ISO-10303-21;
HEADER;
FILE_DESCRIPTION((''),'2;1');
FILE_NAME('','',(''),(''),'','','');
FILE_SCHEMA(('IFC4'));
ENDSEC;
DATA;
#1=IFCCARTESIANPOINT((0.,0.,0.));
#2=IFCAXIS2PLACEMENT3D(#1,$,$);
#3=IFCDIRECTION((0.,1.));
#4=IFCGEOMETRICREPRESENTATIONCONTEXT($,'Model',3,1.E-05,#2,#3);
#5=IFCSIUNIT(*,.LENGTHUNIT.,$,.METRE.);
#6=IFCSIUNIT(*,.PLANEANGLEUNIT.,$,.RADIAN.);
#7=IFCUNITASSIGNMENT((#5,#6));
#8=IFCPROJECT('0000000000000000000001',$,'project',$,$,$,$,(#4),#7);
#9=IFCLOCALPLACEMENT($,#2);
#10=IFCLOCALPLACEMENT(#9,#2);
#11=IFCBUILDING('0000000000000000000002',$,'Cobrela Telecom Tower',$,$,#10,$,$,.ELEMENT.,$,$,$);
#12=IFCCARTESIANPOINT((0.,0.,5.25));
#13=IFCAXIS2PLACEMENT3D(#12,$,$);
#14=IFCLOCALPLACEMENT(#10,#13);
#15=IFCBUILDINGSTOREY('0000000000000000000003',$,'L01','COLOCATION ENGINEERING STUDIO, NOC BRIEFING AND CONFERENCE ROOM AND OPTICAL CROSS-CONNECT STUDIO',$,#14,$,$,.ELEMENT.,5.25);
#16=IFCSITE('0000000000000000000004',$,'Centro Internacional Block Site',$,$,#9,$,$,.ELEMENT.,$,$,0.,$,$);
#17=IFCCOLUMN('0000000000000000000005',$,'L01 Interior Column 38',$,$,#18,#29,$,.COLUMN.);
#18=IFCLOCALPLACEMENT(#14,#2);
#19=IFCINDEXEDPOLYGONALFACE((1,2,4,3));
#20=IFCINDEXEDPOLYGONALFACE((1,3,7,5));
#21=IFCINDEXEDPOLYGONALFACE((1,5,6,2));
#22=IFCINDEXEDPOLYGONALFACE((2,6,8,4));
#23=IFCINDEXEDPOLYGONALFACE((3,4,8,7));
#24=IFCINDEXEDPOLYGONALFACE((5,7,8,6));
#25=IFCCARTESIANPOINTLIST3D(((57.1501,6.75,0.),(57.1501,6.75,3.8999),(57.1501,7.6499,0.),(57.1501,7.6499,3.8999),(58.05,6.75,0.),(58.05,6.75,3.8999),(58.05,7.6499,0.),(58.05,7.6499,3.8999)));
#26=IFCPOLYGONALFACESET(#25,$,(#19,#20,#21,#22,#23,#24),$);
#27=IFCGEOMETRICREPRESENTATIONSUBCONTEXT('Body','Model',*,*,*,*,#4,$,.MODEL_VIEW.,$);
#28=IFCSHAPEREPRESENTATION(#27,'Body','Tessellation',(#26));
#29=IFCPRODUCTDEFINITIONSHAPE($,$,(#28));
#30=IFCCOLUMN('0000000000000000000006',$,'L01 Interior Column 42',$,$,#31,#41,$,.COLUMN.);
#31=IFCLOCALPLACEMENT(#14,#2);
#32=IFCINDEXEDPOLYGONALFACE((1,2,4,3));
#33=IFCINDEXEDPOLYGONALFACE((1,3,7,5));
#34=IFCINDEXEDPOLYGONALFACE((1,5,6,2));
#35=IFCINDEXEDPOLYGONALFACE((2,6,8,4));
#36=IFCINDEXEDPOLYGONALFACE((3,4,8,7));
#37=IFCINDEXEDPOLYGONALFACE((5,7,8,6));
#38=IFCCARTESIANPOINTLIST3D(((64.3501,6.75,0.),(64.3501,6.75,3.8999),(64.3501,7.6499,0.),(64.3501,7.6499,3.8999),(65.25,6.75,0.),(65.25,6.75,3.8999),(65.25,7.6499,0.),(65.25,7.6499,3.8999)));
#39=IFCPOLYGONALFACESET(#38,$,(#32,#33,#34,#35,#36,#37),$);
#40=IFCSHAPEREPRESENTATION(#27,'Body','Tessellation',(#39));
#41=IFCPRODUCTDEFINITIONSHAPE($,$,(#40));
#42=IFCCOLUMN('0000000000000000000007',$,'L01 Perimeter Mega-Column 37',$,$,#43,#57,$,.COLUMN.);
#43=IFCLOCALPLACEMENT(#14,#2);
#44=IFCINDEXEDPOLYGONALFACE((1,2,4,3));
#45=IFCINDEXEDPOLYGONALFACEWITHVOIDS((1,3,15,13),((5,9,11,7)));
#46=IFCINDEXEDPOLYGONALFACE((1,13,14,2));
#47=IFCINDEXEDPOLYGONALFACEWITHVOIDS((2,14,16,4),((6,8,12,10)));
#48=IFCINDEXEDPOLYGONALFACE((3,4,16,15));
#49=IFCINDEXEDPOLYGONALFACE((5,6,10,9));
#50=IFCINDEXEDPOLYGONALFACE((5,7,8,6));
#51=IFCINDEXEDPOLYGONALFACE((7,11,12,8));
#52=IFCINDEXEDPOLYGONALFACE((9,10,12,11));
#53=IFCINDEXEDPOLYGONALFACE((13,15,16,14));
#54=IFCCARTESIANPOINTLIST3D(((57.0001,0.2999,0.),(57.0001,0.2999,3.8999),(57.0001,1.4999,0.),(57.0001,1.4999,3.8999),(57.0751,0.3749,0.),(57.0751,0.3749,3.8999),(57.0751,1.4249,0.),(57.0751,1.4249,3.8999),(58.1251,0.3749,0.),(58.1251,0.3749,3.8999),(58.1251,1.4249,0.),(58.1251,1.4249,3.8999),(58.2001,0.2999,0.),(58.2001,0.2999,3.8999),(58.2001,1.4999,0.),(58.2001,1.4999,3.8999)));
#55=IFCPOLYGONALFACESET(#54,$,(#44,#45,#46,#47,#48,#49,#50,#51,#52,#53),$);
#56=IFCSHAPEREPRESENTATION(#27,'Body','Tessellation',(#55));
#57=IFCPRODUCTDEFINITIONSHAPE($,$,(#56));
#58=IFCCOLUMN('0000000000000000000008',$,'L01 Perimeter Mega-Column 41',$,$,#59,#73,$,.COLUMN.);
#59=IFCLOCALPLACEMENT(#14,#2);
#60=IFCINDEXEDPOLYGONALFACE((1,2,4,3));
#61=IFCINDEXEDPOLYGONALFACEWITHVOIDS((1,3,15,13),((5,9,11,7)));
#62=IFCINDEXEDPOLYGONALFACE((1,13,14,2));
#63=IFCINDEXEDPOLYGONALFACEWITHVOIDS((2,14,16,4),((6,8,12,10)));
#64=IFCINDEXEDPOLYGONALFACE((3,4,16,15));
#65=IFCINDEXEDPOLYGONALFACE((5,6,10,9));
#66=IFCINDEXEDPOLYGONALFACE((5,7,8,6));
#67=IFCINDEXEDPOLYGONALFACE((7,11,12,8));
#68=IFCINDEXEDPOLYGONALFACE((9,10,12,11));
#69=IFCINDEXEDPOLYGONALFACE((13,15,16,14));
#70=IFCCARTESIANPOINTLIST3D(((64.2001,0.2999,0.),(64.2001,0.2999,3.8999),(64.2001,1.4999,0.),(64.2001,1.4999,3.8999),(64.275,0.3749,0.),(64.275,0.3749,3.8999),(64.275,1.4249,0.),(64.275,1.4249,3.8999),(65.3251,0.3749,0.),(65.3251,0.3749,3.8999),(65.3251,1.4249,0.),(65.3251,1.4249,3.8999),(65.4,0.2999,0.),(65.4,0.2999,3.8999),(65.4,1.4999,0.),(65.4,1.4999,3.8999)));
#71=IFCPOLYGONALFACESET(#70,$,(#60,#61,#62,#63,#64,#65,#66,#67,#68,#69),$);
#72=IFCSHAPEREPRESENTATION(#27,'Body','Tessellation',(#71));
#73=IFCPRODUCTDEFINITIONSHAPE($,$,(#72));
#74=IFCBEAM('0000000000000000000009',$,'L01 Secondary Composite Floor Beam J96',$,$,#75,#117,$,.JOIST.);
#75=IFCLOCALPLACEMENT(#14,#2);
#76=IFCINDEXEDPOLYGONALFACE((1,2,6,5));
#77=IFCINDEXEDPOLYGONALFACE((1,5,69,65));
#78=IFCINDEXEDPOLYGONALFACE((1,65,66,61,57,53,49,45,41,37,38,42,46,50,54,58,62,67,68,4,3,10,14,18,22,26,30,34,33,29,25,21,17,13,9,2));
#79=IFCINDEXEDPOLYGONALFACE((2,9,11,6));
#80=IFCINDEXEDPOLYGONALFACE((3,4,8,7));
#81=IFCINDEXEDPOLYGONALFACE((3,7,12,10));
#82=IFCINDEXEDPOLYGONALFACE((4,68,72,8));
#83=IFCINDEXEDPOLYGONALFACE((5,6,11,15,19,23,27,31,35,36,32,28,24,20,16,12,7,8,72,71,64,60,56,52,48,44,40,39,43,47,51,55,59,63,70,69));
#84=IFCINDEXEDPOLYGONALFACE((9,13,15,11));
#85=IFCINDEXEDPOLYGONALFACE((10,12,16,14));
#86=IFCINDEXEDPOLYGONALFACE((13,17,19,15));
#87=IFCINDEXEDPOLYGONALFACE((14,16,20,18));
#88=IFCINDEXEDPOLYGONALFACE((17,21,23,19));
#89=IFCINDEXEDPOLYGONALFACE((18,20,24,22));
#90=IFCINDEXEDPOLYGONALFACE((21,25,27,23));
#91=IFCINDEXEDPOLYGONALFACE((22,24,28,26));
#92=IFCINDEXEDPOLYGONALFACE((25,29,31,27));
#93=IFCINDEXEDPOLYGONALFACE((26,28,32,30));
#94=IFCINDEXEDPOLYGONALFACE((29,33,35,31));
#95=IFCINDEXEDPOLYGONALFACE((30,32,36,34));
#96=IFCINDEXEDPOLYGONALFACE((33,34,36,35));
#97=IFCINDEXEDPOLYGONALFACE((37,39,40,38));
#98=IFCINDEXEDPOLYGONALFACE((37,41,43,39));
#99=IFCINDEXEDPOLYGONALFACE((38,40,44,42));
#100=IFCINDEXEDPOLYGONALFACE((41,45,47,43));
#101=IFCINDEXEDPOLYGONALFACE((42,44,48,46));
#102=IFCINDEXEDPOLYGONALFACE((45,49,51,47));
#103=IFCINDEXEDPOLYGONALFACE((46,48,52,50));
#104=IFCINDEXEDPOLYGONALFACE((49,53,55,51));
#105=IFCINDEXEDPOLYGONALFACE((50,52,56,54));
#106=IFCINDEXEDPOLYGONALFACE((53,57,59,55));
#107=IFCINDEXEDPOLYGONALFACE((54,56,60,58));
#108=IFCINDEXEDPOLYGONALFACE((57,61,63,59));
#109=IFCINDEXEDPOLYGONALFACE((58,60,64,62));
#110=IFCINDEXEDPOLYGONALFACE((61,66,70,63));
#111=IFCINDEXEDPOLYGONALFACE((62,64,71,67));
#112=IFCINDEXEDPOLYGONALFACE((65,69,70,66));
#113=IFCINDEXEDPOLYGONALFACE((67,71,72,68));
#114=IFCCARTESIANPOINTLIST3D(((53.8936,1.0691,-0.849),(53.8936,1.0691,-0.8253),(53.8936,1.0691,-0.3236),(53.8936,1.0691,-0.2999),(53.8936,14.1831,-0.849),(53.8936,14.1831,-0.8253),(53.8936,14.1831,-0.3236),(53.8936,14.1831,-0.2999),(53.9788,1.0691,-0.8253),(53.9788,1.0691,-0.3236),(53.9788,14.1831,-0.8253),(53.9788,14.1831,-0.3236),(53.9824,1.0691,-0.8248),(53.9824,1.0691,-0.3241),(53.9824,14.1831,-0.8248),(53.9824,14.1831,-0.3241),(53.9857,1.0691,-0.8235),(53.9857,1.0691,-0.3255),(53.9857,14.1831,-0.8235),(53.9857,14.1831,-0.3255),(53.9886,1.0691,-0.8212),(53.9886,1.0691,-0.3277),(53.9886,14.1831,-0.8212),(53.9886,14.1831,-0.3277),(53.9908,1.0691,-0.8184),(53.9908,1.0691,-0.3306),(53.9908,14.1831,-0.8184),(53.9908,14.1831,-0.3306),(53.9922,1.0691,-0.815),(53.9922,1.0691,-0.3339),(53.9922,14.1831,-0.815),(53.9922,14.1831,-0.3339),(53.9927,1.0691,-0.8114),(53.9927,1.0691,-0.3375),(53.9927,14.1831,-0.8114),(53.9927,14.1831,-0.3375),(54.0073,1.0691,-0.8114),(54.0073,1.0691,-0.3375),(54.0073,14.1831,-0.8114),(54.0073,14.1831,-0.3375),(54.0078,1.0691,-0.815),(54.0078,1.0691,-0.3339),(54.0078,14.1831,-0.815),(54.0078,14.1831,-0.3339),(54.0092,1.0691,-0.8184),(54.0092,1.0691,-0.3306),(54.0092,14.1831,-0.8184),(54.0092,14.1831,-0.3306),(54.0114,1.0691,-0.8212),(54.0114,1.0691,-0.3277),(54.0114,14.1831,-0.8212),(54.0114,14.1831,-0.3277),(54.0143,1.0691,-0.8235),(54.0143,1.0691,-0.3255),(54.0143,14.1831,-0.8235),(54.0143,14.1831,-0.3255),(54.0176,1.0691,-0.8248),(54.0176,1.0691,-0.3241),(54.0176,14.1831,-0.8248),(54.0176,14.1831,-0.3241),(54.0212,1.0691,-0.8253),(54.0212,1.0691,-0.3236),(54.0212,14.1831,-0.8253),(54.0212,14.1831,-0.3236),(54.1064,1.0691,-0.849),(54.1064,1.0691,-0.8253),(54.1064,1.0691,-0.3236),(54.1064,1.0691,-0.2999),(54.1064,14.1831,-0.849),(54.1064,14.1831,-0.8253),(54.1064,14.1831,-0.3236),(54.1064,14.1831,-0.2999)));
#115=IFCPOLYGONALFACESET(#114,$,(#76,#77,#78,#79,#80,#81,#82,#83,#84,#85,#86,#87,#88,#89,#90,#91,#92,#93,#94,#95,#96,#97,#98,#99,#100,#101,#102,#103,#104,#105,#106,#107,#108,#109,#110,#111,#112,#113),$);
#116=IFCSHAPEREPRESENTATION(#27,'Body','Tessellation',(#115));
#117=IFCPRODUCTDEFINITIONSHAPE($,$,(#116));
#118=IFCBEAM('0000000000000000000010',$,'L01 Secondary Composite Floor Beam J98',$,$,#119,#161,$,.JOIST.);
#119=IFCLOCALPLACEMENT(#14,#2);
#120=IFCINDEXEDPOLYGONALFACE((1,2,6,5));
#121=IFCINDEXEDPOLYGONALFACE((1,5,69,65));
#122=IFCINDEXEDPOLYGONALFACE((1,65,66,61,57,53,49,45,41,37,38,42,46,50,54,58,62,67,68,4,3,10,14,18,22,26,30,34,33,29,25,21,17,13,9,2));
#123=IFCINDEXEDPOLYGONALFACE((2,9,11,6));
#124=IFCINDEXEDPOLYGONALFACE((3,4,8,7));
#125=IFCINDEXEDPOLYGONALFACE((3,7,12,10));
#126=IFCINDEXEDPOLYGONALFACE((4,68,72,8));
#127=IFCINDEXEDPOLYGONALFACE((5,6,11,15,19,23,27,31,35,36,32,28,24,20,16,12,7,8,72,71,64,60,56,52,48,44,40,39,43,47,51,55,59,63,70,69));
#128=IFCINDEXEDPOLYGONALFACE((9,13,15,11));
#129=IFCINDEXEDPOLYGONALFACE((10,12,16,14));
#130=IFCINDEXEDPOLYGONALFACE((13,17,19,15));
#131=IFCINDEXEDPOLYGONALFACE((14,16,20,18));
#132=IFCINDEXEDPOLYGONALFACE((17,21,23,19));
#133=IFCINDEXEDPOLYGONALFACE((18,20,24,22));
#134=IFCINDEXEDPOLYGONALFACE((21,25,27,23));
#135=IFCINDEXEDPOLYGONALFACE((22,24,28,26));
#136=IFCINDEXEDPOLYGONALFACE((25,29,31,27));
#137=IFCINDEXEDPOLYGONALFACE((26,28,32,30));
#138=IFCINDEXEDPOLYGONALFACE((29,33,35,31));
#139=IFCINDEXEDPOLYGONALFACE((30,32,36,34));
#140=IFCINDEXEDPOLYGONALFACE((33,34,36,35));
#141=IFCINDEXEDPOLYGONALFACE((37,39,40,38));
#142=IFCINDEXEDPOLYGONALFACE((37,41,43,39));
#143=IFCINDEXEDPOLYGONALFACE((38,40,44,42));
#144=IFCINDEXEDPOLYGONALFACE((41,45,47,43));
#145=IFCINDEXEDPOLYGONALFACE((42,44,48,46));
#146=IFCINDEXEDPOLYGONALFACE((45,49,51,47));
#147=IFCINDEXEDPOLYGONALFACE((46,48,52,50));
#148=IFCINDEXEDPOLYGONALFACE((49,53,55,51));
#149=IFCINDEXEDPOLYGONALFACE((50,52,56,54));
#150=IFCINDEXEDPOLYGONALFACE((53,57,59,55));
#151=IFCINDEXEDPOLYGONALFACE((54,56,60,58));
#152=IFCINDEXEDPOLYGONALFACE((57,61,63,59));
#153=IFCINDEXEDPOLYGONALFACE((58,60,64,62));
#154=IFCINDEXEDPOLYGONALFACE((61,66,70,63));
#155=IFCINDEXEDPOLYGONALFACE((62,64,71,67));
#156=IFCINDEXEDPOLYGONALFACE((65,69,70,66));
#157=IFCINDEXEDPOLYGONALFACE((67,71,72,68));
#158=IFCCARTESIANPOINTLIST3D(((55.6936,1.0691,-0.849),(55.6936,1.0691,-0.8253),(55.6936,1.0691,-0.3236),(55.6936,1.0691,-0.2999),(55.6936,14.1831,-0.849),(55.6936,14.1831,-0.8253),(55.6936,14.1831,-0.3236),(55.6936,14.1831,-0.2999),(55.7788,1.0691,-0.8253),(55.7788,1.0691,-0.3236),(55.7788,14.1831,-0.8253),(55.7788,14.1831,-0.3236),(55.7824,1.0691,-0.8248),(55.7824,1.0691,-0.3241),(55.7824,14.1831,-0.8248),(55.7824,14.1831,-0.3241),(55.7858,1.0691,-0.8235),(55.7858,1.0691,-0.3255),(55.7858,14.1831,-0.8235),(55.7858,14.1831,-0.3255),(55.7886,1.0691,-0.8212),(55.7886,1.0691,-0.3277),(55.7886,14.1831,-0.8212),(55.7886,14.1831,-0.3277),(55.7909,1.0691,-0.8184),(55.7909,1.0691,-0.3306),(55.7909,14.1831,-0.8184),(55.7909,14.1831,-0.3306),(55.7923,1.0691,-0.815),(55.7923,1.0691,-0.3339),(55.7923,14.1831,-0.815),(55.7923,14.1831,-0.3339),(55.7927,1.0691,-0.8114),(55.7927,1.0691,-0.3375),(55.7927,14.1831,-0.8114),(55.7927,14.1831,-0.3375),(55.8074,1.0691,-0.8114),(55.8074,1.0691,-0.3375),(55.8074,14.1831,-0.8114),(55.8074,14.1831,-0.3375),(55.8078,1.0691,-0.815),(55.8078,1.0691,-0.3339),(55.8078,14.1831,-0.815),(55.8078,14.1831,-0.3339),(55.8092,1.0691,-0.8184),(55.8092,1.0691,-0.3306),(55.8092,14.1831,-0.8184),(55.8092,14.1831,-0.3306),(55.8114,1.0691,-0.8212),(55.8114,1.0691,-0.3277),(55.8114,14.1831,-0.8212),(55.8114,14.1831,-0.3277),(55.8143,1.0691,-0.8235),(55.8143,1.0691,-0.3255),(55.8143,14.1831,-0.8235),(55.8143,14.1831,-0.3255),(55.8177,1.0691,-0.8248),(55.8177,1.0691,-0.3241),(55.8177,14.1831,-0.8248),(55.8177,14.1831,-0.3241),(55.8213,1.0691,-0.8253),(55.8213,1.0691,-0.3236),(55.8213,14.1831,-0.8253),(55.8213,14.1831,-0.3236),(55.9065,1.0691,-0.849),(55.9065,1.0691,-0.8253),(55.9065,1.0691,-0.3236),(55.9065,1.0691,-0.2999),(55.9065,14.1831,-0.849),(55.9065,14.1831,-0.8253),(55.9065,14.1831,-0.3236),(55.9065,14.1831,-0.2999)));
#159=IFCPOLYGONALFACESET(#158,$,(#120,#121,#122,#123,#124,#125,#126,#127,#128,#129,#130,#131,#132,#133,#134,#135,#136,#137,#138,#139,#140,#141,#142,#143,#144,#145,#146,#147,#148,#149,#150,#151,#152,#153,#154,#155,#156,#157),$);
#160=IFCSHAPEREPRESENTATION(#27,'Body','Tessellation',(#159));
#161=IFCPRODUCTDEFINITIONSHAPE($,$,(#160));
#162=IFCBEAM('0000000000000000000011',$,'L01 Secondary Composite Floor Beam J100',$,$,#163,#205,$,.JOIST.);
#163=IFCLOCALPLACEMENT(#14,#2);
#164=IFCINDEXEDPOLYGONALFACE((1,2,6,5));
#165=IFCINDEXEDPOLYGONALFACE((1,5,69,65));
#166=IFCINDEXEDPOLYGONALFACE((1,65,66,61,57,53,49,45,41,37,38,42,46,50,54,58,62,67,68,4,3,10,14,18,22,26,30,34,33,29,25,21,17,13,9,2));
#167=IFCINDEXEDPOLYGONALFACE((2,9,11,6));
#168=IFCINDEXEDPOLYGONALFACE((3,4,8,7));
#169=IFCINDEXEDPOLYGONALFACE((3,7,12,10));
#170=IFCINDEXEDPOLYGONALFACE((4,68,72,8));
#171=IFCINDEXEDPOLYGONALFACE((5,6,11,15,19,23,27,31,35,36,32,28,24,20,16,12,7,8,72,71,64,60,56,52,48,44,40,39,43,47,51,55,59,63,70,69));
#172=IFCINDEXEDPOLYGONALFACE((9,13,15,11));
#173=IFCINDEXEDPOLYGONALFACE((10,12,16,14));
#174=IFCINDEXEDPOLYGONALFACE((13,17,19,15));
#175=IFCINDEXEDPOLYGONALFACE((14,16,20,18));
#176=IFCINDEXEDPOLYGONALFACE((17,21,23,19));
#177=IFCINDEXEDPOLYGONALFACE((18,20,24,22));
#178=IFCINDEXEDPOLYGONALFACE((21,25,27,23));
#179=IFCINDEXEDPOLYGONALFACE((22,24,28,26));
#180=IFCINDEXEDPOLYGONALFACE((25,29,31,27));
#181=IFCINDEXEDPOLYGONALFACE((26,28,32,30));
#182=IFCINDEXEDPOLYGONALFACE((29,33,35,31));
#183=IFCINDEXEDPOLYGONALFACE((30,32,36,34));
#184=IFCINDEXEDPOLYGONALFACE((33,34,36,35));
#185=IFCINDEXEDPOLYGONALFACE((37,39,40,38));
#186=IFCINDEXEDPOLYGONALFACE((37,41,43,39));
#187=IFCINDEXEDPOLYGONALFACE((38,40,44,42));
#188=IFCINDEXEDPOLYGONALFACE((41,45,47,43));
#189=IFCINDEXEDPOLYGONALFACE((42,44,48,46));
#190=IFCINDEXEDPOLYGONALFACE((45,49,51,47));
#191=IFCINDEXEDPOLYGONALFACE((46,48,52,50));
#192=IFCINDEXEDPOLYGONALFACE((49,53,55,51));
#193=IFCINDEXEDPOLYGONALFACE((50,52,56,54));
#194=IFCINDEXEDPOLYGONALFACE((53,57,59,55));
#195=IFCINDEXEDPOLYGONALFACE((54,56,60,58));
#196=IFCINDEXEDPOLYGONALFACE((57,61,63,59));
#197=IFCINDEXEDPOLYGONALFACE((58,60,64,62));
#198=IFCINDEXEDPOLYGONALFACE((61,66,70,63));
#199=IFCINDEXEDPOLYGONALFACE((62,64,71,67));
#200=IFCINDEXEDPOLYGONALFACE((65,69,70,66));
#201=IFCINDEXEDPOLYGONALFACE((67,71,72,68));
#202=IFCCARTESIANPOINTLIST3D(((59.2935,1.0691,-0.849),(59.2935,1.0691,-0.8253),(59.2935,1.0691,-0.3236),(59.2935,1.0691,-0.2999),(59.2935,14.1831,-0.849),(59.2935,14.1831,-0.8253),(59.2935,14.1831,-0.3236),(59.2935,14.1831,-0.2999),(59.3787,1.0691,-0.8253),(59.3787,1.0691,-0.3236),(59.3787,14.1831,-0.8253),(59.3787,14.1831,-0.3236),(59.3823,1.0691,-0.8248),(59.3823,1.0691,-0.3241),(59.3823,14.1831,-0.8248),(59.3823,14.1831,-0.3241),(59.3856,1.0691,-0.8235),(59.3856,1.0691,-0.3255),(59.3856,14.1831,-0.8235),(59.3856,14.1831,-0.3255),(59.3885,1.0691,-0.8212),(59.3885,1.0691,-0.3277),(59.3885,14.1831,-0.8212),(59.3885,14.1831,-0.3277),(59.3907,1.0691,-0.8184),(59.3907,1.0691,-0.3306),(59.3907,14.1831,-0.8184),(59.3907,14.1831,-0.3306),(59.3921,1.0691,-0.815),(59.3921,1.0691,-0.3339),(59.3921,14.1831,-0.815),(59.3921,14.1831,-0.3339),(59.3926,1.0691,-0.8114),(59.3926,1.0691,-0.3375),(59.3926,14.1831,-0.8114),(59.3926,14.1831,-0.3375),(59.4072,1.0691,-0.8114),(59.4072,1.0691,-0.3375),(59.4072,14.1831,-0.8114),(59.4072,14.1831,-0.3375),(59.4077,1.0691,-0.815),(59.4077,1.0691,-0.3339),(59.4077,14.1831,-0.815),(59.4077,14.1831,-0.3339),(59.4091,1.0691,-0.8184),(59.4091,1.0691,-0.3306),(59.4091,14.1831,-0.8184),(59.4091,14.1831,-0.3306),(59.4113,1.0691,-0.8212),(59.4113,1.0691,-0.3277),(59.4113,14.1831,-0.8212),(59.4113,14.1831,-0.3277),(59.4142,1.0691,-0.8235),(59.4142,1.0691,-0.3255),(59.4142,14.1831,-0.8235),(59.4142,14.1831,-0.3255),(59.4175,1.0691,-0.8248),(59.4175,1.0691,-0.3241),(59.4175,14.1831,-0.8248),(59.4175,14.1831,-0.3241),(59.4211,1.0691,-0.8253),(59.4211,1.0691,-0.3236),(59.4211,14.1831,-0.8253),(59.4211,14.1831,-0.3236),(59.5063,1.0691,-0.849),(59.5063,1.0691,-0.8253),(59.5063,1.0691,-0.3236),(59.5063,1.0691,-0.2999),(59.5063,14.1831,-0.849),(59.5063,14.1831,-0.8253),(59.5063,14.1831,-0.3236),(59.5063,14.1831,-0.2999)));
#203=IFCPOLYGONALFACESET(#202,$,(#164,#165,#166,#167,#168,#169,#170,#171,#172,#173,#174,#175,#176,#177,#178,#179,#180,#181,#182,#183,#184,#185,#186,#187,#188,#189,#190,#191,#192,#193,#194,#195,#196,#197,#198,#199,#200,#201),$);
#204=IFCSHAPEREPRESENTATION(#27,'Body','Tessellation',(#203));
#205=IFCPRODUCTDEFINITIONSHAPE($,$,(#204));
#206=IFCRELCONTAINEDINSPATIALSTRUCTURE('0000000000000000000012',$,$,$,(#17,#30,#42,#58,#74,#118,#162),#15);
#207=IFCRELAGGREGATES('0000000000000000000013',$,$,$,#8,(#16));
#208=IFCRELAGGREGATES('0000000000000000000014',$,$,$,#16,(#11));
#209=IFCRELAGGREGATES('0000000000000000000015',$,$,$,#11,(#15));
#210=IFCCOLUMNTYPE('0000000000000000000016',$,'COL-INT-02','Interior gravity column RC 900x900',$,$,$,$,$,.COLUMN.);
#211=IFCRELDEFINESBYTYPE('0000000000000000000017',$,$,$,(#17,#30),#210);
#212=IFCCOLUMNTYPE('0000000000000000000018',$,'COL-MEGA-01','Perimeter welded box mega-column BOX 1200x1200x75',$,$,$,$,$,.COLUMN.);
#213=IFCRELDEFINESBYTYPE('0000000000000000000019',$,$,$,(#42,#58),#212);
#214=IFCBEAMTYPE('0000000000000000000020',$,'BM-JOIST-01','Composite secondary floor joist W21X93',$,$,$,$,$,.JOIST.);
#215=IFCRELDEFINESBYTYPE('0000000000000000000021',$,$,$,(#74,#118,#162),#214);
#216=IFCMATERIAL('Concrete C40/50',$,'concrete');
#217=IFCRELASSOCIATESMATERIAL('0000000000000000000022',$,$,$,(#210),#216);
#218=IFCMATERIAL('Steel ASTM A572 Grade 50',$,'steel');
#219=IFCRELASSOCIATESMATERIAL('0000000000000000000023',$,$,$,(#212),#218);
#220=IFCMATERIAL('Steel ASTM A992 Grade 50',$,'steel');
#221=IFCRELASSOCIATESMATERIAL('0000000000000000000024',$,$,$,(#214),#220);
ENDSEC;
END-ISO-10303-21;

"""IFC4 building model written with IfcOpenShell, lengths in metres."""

from ifc_helpers import new_model, si_unit, direction, frame, origin, origin_2d, place, context, subcontext, project, spatial, rectangle, hollow_rectangle, i_section, extrude, material, material_profile, profile_set, type_object, element, save


model = new_model("IFC4")

# Units and contexts
model_context = context("Model", 3, precision=1e-05, world=origin(), true_north=direction((0.0, 1.0)))
body_context = subcontext(model_context, "Body", "Model", "MODEL_VIEW")
ifc_project = project(units=[si_unit("LENGTHUNIT", "METRE"), si_unit("PLANEANGLEUNIT", "RADIAN")], contexts=[model_context])

# Site, building, storey
site_placement = place(None, origin())
site = spatial("IfcSite", under=ifc_project, at=site_placement, Name="Centro Internacional Block Site", CompositionType="ELEMENT", RefElevation=0.0)
building_placement = place(site_placement, origin())
building = spatial("IfcBuilding", under=site, at=building_placement, Name="Cobrela Telecom Tower", CompositionType="ELEMENT")
storey_placement = place(building_placement, frame((0.0, 0.0, 5.25)))
storey = spatial("IfcBuildingStorey", under=building, at=storey_placement, Name="L01", Description="COLOCATION ENGINEERING STUDIO, NOC BRIEFING AND CONFERENCE ROOM AND OPTICAL CROSS-CONNECT STUDIO", CompositionType="ELEMENT", Elevation=5.25)

# Columns
ifc_material_1 = material(Name="Concrete C40/50", Category="concrete")
ifc_material_profile_1 = material_profile(ifc_material_1, rectangle(XDim=0.8999, YDim=0.8999, at=origin_2d()), Name="RC 900x900")
ifc_profile_set_1 = profile_set([ifc_material_profile_1], Name="Concrete C40/50")
column_type_1 = type_object("IfcColumnType", Name="COL-INT-02", Description="Interior gravity column RC 900x900", PredefinedType="COLUMN", material=ifc_profile_set_1)
for number, where, z_axis, x_axis, name in (
    (1, (57.6001, 7.2, 0.0), (0.0, 0.0, 1.0), (1.0, 0.0, 0.0), "L01 Interior Column 38"),
    (2, (64.8, 7.2, 0.0), (0.0, 0.0, 1.0), (1.0, 0.0, 0.0), "L01 Interior Column 42"),
):
    element("IfcColumn", number, at=place(storey_placement, frame(where, z_axis=z_axis, x_axis=x_axis)), inside=storey, type_object=column_type_1, Name=name, PredefinedType="COLUMN", context=body_context, shape_type="SweptSolid", body=[
        extrude(rectangle(XDim=0.8999, YDim=0.8999, at=origin_2d()), origin(), (0.0, 0.0, 1.0), 3.8999),
    ])
ifc_material_2 = material(Name="Steel ASTM A572 Grade 50", Category="steel")
ifc_material_profile_2 = material_profile(ifc_material_2, hollow_rectangle(XDim=1.2, YDim=1.2, WallThickness=0.075, at=origin_2d()), Name="BOX 1200x1200x75")
ifc_profile_set_2 = profile_set([ifc_material_profile_2], Name="Steel ASTM A572 Grade 50")
column_type_2 = type_object("IfcColumnType", Name="COL-MEGA-01", Description="Perimeter welded box mega-column BOX 1200x1200x75", PredefinedType="COLUMN", material=ifc_profile_set_2)
for number, where, z_axis, x_axis, name in (
    (3, (57.6001, 0.8999, 0.0), (0.0, 0.0, 1.0), (1.0, 0.0, 0.0), "L01 Perimeter Mega-Column 37"),
    (4, (64.8, 0.8999, 0.0), (0.0, 0.0, 1.0), (1.0, 0.0, 0.0), "L01 Perimeter Mega-Column 41"),
):
    element("IfcColumn", number, at=place(storey_placement, frame(where, z_axis=z_axis, x_axis=x_axis)), inside=storey, type_object=column_type_2, Name=name, PredefinedType="COLUMN", context=body_context, shape_type="SweptSolid", body=[
        extrude(hollow_rectangle(XDim=1.2, YDim=1.2, WallThickness=0.075, at=origin_2d()), origin(), (0.0, 0.0, 1.0), 3.8999),
    ])

# Beams
ifc_material_3 = material(Name="Steel ASTM A992 Grade 50", Category="steel")
ifc_material_profile_3 = material_profile(ifc_material_3, i_section(OverallWidth=0.2129, OverallDepth=0.5491, WebThickness=0.0146, FlangeThickness=0.0237, FilletRadius=0.0139, at=origin_2d()), Name="W21X93")
ifc_profile_set_3 = profile_set([ifc_material_profile_3], Name="Steel ASTM A992 Grade 50")
beam_type_1 = type_object("IfcBeamType", Name="BM-JOIST-01", Description="Composite secondary floor joist W21X93", PredefinedType="JOIST", material=ifc_profile_set_3)
for number, where, z_axis, x_axis, name in (
    (5, (54.0, 1.0691, -0.5745), (0.0, 1.0, 0.0), (-1.0, 0.0, 0.0), "L01 Secondary Composite Floor Beam J96"),
    (6, (55.8, 1.0691, -0.5745), (0.0, 1.0, 0.0), (-1.0, 0.0, 0.0), "L01 Secondary Composite Floor Beam J98"),
    (7, (59.3999, 1.0691, -0.5745), (0.0, 1.0, 0.0), (-1.0, 0.0, 0.0), "L01 Secondary Composite Floor Beam J100"),
):
    element("IfcBeam", number, at=place(storey_placement, frame(where, z_axis=z_axis, x_axis=x_axis)), inside=storey, type_object=beam_type_1, Name=name, PredefinedType="JOIST", context=body_context, shape_type="SweptSolid", body=[
        extrude(i_section(OverallWidth=0.2129, OverallDepth=0.5491, WebThickness=0.0146, FlangeThickness=0.0237, FilletRadius=0.0139, at=origin_2d()), origin(), (0.0, 0.0, 1.0), 13.114),
    ])

save(model, "model.ifc")
